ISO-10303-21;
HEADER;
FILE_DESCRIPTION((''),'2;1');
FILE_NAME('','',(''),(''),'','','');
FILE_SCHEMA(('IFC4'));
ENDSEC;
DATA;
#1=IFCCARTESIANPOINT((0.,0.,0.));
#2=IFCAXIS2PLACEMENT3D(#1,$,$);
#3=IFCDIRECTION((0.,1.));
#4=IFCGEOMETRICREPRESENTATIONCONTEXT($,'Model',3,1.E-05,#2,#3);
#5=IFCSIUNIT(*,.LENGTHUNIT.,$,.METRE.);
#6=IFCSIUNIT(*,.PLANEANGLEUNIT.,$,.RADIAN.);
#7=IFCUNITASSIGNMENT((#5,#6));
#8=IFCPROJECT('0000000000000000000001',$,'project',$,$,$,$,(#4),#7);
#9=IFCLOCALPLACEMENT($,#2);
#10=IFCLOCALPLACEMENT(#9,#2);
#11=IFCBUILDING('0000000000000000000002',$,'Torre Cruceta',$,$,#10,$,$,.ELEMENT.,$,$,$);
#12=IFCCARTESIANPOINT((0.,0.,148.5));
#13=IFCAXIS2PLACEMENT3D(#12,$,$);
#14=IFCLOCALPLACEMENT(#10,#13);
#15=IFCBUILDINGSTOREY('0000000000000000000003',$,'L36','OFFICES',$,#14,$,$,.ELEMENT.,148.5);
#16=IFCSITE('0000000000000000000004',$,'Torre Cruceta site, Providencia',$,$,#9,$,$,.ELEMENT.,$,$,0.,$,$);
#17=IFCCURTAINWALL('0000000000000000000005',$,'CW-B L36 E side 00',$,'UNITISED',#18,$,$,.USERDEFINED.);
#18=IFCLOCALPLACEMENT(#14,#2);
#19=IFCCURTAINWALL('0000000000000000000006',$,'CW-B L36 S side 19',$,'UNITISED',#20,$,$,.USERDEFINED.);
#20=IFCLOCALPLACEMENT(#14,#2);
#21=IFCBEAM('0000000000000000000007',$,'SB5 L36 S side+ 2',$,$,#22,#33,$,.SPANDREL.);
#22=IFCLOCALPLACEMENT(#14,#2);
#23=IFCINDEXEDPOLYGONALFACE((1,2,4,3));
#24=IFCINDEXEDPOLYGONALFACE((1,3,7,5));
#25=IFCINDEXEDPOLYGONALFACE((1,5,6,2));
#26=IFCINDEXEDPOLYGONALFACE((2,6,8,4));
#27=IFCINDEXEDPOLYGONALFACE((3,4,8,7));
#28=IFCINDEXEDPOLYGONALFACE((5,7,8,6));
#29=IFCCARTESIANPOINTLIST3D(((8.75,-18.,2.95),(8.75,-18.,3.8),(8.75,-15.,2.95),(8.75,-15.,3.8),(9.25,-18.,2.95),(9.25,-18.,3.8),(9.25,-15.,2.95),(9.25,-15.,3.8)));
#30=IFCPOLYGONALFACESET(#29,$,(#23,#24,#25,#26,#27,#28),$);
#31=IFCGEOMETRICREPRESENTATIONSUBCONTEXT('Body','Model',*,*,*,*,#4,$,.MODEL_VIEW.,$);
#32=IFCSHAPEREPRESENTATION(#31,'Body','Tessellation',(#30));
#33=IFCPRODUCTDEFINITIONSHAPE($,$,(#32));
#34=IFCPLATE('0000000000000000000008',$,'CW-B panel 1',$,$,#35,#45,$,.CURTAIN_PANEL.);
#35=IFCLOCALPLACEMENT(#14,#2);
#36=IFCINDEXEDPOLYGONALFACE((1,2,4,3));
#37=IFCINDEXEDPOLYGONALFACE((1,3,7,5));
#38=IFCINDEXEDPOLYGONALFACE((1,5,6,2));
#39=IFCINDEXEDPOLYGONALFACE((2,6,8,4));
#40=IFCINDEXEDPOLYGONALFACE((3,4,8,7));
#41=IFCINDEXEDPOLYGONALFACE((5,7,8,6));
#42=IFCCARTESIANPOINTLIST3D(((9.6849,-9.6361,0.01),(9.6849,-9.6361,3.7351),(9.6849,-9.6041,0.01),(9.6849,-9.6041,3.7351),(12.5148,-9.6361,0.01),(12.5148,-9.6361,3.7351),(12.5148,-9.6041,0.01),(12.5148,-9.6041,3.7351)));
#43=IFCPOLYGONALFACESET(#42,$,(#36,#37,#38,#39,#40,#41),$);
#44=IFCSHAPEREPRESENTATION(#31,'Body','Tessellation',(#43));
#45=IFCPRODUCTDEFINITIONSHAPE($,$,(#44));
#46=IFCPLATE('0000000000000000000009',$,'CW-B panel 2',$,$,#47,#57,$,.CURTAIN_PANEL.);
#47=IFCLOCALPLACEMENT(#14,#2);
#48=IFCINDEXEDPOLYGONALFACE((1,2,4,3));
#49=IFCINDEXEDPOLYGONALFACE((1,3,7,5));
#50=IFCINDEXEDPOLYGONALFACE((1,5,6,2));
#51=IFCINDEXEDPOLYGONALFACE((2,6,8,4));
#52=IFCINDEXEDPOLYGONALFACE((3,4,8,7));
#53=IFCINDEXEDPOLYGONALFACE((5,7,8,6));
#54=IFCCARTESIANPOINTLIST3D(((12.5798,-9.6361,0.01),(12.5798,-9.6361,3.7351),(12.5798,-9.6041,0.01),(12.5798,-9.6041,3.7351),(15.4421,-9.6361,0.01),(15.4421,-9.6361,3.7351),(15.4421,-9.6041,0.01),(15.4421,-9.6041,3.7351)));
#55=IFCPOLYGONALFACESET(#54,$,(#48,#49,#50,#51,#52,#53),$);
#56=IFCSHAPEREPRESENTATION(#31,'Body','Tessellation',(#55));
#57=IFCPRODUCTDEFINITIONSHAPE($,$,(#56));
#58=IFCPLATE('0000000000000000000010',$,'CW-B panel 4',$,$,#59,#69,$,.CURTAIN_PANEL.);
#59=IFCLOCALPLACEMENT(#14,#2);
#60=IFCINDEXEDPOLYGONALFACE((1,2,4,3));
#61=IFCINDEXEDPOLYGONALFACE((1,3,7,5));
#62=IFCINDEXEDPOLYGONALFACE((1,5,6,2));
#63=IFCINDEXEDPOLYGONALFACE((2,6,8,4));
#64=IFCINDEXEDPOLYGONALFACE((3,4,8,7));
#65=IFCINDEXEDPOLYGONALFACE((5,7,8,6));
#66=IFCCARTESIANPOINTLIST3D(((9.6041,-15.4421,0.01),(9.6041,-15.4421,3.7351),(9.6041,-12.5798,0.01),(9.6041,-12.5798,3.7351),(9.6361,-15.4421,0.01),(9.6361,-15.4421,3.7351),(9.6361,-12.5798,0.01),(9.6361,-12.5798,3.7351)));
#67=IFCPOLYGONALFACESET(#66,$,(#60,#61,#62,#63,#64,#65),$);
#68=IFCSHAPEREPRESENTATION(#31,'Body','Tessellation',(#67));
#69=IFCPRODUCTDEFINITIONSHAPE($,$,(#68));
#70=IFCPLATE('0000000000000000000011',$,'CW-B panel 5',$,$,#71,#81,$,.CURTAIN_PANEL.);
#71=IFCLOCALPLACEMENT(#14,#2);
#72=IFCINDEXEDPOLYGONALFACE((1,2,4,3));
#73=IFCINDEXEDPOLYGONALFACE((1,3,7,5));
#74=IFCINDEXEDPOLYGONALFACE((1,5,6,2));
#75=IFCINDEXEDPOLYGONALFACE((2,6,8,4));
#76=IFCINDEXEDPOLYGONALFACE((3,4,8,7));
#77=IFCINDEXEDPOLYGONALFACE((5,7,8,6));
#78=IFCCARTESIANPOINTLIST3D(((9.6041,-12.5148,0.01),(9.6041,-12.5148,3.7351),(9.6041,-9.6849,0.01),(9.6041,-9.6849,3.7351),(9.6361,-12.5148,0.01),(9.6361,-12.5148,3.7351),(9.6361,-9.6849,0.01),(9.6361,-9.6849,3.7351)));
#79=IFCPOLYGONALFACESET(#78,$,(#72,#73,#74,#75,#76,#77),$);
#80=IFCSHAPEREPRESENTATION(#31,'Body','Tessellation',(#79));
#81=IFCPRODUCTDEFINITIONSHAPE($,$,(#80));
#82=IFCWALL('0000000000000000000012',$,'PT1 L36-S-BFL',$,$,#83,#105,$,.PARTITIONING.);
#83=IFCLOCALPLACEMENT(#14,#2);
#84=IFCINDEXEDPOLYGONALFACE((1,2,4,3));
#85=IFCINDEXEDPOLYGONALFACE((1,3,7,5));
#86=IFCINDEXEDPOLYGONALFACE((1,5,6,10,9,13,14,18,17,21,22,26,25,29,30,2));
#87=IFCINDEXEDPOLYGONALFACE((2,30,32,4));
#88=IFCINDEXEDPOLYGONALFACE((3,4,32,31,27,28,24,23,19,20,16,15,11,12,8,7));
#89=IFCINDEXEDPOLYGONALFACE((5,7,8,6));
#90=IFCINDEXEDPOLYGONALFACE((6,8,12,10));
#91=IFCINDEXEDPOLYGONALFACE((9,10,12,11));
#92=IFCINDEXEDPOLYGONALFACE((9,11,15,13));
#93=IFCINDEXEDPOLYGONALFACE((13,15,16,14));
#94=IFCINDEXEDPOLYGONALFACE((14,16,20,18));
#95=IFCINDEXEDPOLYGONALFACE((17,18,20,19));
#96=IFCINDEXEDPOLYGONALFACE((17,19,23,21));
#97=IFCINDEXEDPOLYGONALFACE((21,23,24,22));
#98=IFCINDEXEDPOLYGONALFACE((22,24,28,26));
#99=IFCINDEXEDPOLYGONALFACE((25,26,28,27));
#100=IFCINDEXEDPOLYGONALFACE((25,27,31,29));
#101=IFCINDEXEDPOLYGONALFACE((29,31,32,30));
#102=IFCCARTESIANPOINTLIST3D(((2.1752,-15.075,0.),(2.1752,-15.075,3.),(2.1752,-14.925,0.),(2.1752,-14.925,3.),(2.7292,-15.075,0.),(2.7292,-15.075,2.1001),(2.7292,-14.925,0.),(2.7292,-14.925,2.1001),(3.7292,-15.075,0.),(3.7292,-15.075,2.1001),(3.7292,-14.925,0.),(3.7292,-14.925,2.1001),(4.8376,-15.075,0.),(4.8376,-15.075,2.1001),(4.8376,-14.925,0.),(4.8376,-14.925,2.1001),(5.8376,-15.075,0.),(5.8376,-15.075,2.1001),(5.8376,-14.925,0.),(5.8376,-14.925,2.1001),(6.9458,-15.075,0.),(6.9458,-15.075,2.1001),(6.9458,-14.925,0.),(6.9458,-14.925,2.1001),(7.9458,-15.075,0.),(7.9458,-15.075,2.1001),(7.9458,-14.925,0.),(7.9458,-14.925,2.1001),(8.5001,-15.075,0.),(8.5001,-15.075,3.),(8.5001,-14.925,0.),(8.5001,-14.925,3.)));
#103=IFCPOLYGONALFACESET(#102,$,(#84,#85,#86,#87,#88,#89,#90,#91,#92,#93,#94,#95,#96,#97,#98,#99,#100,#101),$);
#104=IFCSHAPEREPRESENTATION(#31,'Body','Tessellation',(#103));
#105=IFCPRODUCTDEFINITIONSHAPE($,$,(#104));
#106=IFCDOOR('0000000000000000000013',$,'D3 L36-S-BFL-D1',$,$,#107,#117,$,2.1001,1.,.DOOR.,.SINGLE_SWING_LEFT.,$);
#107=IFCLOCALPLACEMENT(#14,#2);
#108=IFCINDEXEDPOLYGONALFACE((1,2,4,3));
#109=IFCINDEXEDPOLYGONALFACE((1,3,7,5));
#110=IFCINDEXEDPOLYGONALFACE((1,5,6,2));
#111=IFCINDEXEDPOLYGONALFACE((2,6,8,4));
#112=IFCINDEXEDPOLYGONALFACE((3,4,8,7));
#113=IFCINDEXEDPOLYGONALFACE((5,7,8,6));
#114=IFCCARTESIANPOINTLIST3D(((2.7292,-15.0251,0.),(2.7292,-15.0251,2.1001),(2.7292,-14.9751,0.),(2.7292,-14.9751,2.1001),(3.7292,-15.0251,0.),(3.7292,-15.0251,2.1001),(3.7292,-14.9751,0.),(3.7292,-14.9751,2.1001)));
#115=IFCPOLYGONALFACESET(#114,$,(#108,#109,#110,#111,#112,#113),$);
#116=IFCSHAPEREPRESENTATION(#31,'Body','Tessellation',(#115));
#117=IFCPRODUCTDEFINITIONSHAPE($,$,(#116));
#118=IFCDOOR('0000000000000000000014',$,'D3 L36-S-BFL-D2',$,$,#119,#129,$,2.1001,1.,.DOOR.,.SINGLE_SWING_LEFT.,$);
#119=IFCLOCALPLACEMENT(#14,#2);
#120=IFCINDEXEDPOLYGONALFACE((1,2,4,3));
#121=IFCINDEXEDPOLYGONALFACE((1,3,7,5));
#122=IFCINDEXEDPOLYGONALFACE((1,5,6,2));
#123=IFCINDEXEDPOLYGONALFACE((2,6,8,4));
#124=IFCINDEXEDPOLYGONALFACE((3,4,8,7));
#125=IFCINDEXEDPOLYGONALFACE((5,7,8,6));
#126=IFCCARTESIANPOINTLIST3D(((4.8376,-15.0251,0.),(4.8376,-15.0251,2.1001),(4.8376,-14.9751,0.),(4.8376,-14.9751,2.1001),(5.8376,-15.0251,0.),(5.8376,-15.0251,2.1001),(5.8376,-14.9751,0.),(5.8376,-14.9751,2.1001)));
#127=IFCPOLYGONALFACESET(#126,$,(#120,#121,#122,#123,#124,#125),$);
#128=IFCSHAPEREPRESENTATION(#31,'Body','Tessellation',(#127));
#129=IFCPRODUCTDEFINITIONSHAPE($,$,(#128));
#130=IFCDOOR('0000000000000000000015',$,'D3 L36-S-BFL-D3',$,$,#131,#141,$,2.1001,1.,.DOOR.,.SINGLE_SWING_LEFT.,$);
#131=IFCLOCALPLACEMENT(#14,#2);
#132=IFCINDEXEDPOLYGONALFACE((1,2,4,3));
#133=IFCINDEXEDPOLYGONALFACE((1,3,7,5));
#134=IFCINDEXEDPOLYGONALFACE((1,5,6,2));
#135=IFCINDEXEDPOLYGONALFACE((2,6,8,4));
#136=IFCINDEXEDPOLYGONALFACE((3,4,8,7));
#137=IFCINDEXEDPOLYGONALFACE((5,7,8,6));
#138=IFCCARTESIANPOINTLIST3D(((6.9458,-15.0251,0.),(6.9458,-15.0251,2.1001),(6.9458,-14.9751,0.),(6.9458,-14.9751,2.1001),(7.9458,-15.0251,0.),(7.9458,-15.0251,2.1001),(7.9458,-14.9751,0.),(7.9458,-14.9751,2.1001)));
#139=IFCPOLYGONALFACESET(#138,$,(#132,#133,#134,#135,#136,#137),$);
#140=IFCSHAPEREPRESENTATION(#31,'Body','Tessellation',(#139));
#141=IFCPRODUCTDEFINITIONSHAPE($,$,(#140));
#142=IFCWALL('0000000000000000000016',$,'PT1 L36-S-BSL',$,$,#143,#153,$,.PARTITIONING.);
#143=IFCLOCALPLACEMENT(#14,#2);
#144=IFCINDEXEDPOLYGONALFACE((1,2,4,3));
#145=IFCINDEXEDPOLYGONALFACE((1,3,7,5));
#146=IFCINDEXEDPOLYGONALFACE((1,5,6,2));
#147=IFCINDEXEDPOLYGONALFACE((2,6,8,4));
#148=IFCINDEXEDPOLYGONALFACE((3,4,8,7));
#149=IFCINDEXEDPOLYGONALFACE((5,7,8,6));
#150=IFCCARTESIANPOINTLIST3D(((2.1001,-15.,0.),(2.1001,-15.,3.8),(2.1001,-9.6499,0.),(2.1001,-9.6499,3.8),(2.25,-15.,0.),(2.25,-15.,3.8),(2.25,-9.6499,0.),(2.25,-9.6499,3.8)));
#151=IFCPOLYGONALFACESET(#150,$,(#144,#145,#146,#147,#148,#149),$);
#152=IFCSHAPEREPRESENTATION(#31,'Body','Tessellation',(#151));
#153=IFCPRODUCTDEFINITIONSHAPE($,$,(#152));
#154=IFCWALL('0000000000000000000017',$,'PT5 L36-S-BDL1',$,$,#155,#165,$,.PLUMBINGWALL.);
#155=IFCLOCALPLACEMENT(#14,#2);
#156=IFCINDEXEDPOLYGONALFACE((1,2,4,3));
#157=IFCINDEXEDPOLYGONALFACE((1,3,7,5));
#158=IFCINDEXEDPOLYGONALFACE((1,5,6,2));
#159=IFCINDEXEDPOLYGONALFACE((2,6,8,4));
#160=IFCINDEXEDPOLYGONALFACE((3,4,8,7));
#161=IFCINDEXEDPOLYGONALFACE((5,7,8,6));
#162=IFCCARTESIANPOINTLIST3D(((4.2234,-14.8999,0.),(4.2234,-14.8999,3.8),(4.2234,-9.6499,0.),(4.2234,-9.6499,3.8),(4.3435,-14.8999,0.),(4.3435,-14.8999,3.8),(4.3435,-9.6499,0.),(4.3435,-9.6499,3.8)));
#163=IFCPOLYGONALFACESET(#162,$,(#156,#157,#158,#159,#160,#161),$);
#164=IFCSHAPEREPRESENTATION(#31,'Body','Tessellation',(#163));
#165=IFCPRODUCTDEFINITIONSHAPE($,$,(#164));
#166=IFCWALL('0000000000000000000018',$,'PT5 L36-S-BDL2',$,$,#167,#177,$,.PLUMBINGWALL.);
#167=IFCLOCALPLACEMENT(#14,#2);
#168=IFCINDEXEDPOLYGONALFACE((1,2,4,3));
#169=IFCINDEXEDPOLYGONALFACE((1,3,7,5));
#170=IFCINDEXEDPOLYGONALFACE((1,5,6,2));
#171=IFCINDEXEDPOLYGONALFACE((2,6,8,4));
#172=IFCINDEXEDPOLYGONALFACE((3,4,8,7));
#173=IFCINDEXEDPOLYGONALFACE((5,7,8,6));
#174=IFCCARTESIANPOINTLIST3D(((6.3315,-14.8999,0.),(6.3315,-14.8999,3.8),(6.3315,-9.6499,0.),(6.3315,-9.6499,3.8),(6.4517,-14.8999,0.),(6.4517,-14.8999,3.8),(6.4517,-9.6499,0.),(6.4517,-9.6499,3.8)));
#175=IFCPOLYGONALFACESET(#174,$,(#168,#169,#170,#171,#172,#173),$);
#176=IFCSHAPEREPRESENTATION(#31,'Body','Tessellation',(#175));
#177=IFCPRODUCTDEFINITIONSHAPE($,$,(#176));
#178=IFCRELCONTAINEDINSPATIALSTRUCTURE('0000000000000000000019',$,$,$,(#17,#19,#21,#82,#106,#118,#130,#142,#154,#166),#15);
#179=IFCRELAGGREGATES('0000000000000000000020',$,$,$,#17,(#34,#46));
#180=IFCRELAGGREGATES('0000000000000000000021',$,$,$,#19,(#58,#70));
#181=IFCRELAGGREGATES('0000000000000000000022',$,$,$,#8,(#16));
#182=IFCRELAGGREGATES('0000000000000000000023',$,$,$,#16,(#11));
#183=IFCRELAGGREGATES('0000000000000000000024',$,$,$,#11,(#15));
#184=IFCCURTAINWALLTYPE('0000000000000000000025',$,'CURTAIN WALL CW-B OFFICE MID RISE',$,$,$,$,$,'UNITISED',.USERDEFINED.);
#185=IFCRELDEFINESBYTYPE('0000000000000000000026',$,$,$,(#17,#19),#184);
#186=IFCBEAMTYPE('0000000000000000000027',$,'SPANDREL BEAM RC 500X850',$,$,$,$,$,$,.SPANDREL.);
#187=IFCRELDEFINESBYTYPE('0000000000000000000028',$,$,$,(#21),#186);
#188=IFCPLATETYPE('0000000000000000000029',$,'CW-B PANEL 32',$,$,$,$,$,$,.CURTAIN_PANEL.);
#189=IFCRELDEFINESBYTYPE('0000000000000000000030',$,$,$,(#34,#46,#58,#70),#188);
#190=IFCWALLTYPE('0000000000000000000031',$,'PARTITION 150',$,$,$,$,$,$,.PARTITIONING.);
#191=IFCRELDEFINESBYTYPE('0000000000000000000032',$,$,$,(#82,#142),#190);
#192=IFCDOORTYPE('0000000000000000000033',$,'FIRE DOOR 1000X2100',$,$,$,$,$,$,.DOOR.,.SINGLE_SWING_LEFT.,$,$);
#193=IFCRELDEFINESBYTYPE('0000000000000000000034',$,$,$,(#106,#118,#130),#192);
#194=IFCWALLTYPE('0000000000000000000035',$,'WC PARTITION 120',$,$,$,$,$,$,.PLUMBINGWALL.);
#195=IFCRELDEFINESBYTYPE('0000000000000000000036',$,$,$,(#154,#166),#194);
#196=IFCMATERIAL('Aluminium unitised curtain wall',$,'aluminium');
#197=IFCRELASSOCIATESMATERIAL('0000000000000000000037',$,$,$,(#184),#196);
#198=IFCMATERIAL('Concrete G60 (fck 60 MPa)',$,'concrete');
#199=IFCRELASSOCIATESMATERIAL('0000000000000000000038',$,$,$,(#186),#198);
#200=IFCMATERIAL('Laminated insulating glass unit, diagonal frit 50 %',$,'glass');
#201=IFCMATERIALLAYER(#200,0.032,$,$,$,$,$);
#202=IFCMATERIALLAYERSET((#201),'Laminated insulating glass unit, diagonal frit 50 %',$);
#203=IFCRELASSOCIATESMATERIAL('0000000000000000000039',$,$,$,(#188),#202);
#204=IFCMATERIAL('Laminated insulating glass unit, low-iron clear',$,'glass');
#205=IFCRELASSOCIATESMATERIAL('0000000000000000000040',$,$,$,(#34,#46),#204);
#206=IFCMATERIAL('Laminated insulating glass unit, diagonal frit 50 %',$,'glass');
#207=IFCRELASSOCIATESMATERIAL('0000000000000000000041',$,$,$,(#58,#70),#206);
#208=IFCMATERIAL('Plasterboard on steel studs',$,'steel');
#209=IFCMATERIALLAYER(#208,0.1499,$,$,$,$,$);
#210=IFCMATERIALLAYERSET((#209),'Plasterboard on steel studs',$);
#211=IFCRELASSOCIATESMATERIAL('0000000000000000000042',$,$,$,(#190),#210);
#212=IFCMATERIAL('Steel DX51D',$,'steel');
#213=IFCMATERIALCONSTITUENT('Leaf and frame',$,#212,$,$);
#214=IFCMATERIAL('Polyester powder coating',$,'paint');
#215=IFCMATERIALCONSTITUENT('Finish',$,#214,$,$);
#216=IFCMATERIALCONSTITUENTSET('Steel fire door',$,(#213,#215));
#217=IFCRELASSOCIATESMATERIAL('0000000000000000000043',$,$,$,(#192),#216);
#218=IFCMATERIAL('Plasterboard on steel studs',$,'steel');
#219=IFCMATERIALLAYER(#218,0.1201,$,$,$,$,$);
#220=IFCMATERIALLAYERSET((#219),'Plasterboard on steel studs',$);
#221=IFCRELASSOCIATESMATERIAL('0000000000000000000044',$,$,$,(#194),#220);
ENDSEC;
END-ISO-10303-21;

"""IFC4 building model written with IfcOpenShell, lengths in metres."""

from ifc_helpers import new_model, si_unit, direction, frame, frame_2d, origin, origin_2d, place, context, subcontext, project, spatial, rectangle, extrude, material, layer, layer_set, constituent, constituent_set, material_profile, profile_set, type_object, element, fill, aggregate, save


model = new_model("IFC4")

# Units and contexts
model_context = context("Model", 3, precision=1e-05, world=origin(), true_north=direction((0.0, 1.0)))
body_context = subcontext(model_context, "Body", "Model", "MODEL_VIEW")
ifc_project = project(units=[si_unit("LENGTHUNIT", "METRE"), si_unit("PLANEANGLEUNIT", "RADIAN")], contexts=[model_context])

# Site, building, storey
site_placement = place(None, origin())
site = spatial("IfcSite", under=ifc_project, at=site_placement, Name="Torre Cruceta site, Providencia", CompositionType="ELEMENT", RefElevation=0.0)
building_placement = place(site_placement, origin())
building = spatial("IfcBuilding", under=site, at=building_placement, Name="Torre Cruceta", CompositionType="ELEMENT")
storey_placement = place(building_placement, frame((0.0, 0.0, 148.5)))
storey = spatial("IfcBuildingStorey", under=building, at=storey_placement, Name="L36", Description="OFFICES", CompositionType="ELEMENT", Elevation=148.5)

# Curtain walls
ifc_material_1 = material(Name="Aluminium unitised curtain wall", Category="aluminium")
curtain_wall_type = type_object("IfcCurtainWallType", Name="CURTAIN WALL CW-B OFFICE MID RISE", ElementType="UNITISED", PredefinedType="USERDEFINED", material=ifc_material_1)
curtain_wall_1_placement = place(storey_placement, origin())
curtain_wall_1 = element("IfcCurtainWall", 1, at=curtain_wall_1_placement, inside=storey, type_object=curtain_wall_type, Name="CW-B L36 E side 00", ObjectType="UNITISED", PredefinedType="USERDEFINED")
curtain_wall_2_placement = place(storey_placement, origin())
curtain_wall_2 = element("IfcCurtainWall", 2, at=curtain_wall_2_placement, inside=storey, type_object=curtain_wall_type, Name="CW-B L36 S side 19", ObjectType="UNITISED", PredefinedType="USERDEFINED")

# Beam
ifc_material_2 = material(Name="Concrete G60 (fck 60 MPa)", Category="concrete")
ifc_material_profile_1 = material_profile(ifc_material_2, rectangle(XDim=0.5, YDim=0.8501, at=origin_2d()), Name="RC 500X850")
ifc_profile_set_1 = profile_set([ifc_material_profile_1], Name="Concrete G60 (fck 60 MPa)")
beam_type_1 = type_object("IfcBeamType", Name="SPANDREL BEAM RC 500X850", PredefinedType="SPANDREL", material=ifc_profile_set_1)
beam_1_placement = place(storey_placement, frame((9.0, -15.0, 3.375), z_axis=(0.0, -1.0, 0.0), x_axis=(1.0, 0.0, 0.0)))
element("IfcBeam", 3, at=beam_1_placement, inside=storey, type_object=beam_type_1, Name="SB5 L36 S side+ 2", PredefinedType="SPANDREL", context=body_context, shape_type="SweptSolid", body=[
    extrude(rectangle(XDim=0.5, YDim=0.8501, at=origin_2d()), origin(), (0.0, 0.0, 1.0), 3.0),
])

# Plates
ifc_material_3 = material(Name="Laminated insulating glass unit, low-iron clear", Category="glass")
ifc_material_4 = material(Name="Laminated insulating glass unit, diagonal frit 50 %", Category="glass")
ifc_layer_1 = layer(ifc_material_4, 0.032)
ifc_layer_set_1 = layer_set([ifc_layer_1], Name="Laminated insulating glass unit, diagonal frit 50 %")
plate_type = type_object("IfcPlateType", Name="CW-B PANEL 32", PredefinedType="CURTAIN_PANEL", material=ifc_layer_set_1)
plate_1_placement = place(storey_placement, frame((11.0999, -9.6201, 0.01), z_axis=(0.0, 0.0, 1.0), x_axis=(1.0, 0.0, 0.0)))
plate_1 = element("IfcPlate", 4, at=plate_1_placement, type_object=plate_type, material=ifc_material_3, Name="CW-B panel 1", PredefinedType="CURTAIN_PANEL", context=body_context, shape_type="SweptSolid", body=[
    extrude(rectangle(XDim=2.8298, YDim=0.032, at=origin_2d()), origin(), (0.0, 0.0, 1.0), 3.7251),
])
plate_2_placement = place(storey_placement, frame((14.011, -9.6201, 0.01), z_axis=(0.0, 0.0, 1.0), x_axis=(1.0, 0.0, 0.0)))
plate_2 = element("IfcPlate", 5, at=plate_2_placement, type_object=plate_type, material=ifc_material_3, Name="CW-B panel 2", PredefinedType="CURTAIN_PANEL", context=body_context, shape_type="SweptSolid", body=[
    extrude(rectangle(XDim=2.8623, YDim=0.032, at=origin_2d()), origin(), (0.0, 0.0, 1.0), 3.7251),
])
aggregate(curtain_wall_1, [plate_1, plate_2])
ifc_material_5 = material(Name="Laminated insulating glass unit, diagonal frit 50 %", Category="glass")
plate_3_placement = place(storey_placement, frame((9.6201, -14.011, 0.01), z_axis=(0.0, 0.0, 1.0), x_axis=(0.0, 1.0, 0.0)))
plate_3 = element("IfcPlate", 6, at=plate_3_placement, type_object=plate_type, material=ifc_material_5, Name="CW-B panel 4", PredefinedType="CURTAIN_PANEL", context=body_context, shape_type="SweptSolid", body=[
    extrude(rectangle(XDim=2.8623, YDim=0.032, at=origin_2d()), origin(), (0.0, 0.0, 1.0), 3.7251),
])
plate_4_placement = place(storey_placement, frame((9.6201, -11.0999, 0.01), z_axis=(0.0, 0.0, 1.0), x_axis=(0.0, 1.0, 0.0)))
plate_4 = element("IfcPlate", 7, at=plate_4_placement, type_object=plate_type, material=ifc_material_5, Name="CW-B panel 5", PredefinedType="CURTAIN_PANEL", context=body_context, shape_type="SweptSolid", body=[
    extrude(rectangle(XDim=2.8298, YDim=0.032, at=origin_2d()), origin(), (0.0, 0.0, 1.0), 3.7251),
])
aggregate(curtain_wall_2, [plate_3, plate_4])

# Wall, openings, doors
ifc_material_6 = material(Name="Plasterboard on steel studs", Category="steel")
ifc_layer_2 = layer(ifc_material_6, 0.1499)
ifc_layer_set_2 = layer_set([ifc_layer_2], Name="Plasterboard on steel studs")
wall_type_1 = type_object("IfcWallType", Name="PARTITION 150", PredefinedType="PARTITIONING", material=ifc_layer_set_2)
wall_1_placement = place(storey_placement, frame((2.175, -15.0, 0.0), z_axis=(0.0, 0.0, 1.0), x_axis=(1.0, 0.0, 0.0)))
wall_1 = element("IfcWall", 8, at=wall_1_placement, inside=storey, type_object=wall_type_1, Name="PT1 L36-S-BFL", PredefinedType="PARTITIONING", context=body_context, shape_type="SweptSolid", body=[
    extrude(rectangle(XDim=6.325, YDim=0.1499, at=frame_2d((3.1626, 0.0))), origin(), (0.0, 0.0, 1.0), 3.0),
])
opening_1_placement = place(wall_1_placement, frame((0.5542, 0.0, 0.0)))
opening_1 = element("IfcOpeningElement", 9, at=opening_1_placement, cuts=wall_1, PredefinedType="OPENING", context=body_context, shape_type="SweptSolid", body=[
    extrude(rectangle(XDim=1.0, YDim=2.1001, at=frame_2d((0.5, 1.05))), frame((0.0, 0.085, 0.0), z_axis=(0.0, -1.0, 0.0), x_axis=(1.0, 0.0, 0.0)), (0.0, 0.0, 1.0), 0.1699),
])
opening_2_placement = place(wall_1_placement, frame((2.6626, 0.0, 0.0)))
opening_2 = element("IfcOpeningElement", 10, at=opening_2_placement, cuts=wall_1, PredefinedType="OPENING", context=body_context, shape_type="SweptSolid", body=[
    extrude(rectangle(XDim=1.0, YDim=2.1001, at=frame_2d((0.5, 1.05))), frame((0.0, 0.085, 0.0), z_axis=(0.0, -1.0, 0.0), x_axis=(1.0, 0.0, 0.0)), (0.0, 0.0, 1.0), 0.1699),
])
opening_3_placement = place(wall_1_placement, frame((4.7708, 0.0, 0.0)))
opening_3 = element("IfcOpeningElement", 11, at=opening_3_placement, cuts=wall_1, PredefinedType="OPENING", context=body_context, shape_type="SweptSolid", body=[
    extrude(rectangle(XDim=1.0, YDim=2.1001, at=frame_2d((0.5, 1.05))), frame((0.0, 0.085, 0.0), z_axis=(0.0, -1.0, 0.0), x_axis=(1.0, 0.0, 0.0)), (0.0, 0.0, 1.0), 0.1699),
])
ifc_material_7 = material(Name="Steel DX51D", Category="steel")
ifc_constituent_1 = constituent(ifc_material_7, Name="Leaf and frame")
ifc_material_8 = material(Name="Polyester powder coating", Category="paint")
ifc_constituent_2 = constituent(ifc_material_8, Name="Finish")
ifc_constituent_set = constituent_set(constituents=[ifc_constituent_1, ifc_constituent_2], Name="Steel fire door")
door_type = type_object("IfcDoorType", Name="FIRE DOOR 1000X2100", OperationType="SINGLE_SWING_LEFT", PredefinedType="DOOR", material=ifc_constituent_set)
door_1_placement = place(opening_1_placement, origin())
door_1 = element("IfcDoor", 12, at=door_1_placement, inside=storey, type_object=door_type, Name="D3 L36-S-BFL-D1", OperationType="SINGLE_SWING_LEFT", OverallHeight=2.1001, OverallWidth=1.0, PredefinedType="DOOR", context=body_context, shape_type="SweptSolid", body=[
    extrude(rectangle(XDim=1.0, YDim=2.1001, at=frame_2d((0.5, 1.05))), frame((0.0, 0.0249, 0.0), z_axis=(0.0, -1.0, 0.0), x_axis=(1.0, 0.0, 0.0)), (0.0, 0.0, 1.0), 0.05),
])
fill(opening_1, door_1)
door_2_placement = place(opening_2_placement, origin())
door_2 = element("IfcDoor", 13, at=door_2_placement, inside=storey, type_object=door_type, Name="D3 L36-S-BFL-D2", OperationType="SINGLE_SWING_LEFT", OverallHeight=2.1001, OverallWidth=1.0, PredefinedType="DOOR", context=body_context, shape_type="SweptSolid", body=[
    extrude(rectangle(XDim=1.0, YDim=2.1001, at=frame_2d((0.5, 1.05))), frame((0.0, 0.0249, 0.0), z_axis=(0.0, -1.0, 0.0), x_axis=(1.0, 0.0, 0.0)), (0.0, 0.0, 1.0), 0.05),
])
fill(opening_2, door_2)
door_3_placement = place(opening_3_placement, origin())
door_3 = element("IfcDoor", 14, at=door_3_placement, inside=storey, type_object=door_type, Name="D3 L36-S-BFL-D3", OperationType="SINGLE_SWING_LEFT", OverallHeight=2.1001, OverallWidth=1.0, PredefinedType="DOOR", context=body_context, shape_type="SweptSolid", body=[
    extrude(rectangle(XDim=1.0, YDim=2.1001, at=frame_2d((0.5, 1.05))), frame((0.0, 0.0249, 0.0), z_axis=(0.0, -1.0, 0.0), x_axis=(1.0, 0.0, 0.0)), (0.0, 0.0, 1.0), 0.05),
])
fill(opening_3, door_3)

# Walls
wall_2_placement = place(storey_placement, frame((2.175, -9.6499, 0.0), z_axis=(0.0, 0.0, 1.0), x_axis=(0.0, -1.0, 0.0)))
element("IfcWall", 15, at=wall_2_placement, inside=storey, type_object=wall_type_1, Name="PT1 L36-S-BSL", PredefinedType="PARTITIONING", context=body_context, shape_type="SweptSolid", body=[
    extrude(rectangle(XDim=5.3501, YDim=0.1499, at=frame_2d((2.675, 0.0))), origin(), (0.0, 0.0, 1.0), 3.8),
])
ifc_material_9 = material(Name="Plasterboard on steel studs", Category="steel")
ifc_layer_3 = layer(ifc_material_9, 0.1201)
ifc_layer_set_3 = layer_set([ifc_layer_3], Name="Plasterboard on steel studs")
wall_type_2 = type_object("IfcWallType", Name="WC PARTITION 120", PredefinedType="PLUMBINGWALL", material=ifc_layer_set_3)
for number, where, z_axis, x_axis, name in (
    (16, (4.2834, -9.6499, 0.0), (0.0, 0.0, 1.0), (0.0, -1.0, 0.0), "PT5 L36-S-BDL1"),
    (17, (6.3916, -9.6499, 0.0), (0.0, 0.0, 1.0), (0.0, -1.0, 0.0), "PT5 L36-S-BDL2"),
):
    element("IfcWall", number, at=place(storey_placement, frame(where, z_axis=z_axis, x_axis=x_axis)), inside=storey, type_object=wall_type_2, Name=name, PredefinedType="PLUMBINGWALL", context=body_context, shape_type="SweptSolid", body=[
        extrude(rectangle(XDim=5.25, YDim=0.1201, at=frame_2d((2.625, 0.0))), origin(), (0.0, 0.0, 1.0), 3.8),
    ])

save(model, "model.ifc")
